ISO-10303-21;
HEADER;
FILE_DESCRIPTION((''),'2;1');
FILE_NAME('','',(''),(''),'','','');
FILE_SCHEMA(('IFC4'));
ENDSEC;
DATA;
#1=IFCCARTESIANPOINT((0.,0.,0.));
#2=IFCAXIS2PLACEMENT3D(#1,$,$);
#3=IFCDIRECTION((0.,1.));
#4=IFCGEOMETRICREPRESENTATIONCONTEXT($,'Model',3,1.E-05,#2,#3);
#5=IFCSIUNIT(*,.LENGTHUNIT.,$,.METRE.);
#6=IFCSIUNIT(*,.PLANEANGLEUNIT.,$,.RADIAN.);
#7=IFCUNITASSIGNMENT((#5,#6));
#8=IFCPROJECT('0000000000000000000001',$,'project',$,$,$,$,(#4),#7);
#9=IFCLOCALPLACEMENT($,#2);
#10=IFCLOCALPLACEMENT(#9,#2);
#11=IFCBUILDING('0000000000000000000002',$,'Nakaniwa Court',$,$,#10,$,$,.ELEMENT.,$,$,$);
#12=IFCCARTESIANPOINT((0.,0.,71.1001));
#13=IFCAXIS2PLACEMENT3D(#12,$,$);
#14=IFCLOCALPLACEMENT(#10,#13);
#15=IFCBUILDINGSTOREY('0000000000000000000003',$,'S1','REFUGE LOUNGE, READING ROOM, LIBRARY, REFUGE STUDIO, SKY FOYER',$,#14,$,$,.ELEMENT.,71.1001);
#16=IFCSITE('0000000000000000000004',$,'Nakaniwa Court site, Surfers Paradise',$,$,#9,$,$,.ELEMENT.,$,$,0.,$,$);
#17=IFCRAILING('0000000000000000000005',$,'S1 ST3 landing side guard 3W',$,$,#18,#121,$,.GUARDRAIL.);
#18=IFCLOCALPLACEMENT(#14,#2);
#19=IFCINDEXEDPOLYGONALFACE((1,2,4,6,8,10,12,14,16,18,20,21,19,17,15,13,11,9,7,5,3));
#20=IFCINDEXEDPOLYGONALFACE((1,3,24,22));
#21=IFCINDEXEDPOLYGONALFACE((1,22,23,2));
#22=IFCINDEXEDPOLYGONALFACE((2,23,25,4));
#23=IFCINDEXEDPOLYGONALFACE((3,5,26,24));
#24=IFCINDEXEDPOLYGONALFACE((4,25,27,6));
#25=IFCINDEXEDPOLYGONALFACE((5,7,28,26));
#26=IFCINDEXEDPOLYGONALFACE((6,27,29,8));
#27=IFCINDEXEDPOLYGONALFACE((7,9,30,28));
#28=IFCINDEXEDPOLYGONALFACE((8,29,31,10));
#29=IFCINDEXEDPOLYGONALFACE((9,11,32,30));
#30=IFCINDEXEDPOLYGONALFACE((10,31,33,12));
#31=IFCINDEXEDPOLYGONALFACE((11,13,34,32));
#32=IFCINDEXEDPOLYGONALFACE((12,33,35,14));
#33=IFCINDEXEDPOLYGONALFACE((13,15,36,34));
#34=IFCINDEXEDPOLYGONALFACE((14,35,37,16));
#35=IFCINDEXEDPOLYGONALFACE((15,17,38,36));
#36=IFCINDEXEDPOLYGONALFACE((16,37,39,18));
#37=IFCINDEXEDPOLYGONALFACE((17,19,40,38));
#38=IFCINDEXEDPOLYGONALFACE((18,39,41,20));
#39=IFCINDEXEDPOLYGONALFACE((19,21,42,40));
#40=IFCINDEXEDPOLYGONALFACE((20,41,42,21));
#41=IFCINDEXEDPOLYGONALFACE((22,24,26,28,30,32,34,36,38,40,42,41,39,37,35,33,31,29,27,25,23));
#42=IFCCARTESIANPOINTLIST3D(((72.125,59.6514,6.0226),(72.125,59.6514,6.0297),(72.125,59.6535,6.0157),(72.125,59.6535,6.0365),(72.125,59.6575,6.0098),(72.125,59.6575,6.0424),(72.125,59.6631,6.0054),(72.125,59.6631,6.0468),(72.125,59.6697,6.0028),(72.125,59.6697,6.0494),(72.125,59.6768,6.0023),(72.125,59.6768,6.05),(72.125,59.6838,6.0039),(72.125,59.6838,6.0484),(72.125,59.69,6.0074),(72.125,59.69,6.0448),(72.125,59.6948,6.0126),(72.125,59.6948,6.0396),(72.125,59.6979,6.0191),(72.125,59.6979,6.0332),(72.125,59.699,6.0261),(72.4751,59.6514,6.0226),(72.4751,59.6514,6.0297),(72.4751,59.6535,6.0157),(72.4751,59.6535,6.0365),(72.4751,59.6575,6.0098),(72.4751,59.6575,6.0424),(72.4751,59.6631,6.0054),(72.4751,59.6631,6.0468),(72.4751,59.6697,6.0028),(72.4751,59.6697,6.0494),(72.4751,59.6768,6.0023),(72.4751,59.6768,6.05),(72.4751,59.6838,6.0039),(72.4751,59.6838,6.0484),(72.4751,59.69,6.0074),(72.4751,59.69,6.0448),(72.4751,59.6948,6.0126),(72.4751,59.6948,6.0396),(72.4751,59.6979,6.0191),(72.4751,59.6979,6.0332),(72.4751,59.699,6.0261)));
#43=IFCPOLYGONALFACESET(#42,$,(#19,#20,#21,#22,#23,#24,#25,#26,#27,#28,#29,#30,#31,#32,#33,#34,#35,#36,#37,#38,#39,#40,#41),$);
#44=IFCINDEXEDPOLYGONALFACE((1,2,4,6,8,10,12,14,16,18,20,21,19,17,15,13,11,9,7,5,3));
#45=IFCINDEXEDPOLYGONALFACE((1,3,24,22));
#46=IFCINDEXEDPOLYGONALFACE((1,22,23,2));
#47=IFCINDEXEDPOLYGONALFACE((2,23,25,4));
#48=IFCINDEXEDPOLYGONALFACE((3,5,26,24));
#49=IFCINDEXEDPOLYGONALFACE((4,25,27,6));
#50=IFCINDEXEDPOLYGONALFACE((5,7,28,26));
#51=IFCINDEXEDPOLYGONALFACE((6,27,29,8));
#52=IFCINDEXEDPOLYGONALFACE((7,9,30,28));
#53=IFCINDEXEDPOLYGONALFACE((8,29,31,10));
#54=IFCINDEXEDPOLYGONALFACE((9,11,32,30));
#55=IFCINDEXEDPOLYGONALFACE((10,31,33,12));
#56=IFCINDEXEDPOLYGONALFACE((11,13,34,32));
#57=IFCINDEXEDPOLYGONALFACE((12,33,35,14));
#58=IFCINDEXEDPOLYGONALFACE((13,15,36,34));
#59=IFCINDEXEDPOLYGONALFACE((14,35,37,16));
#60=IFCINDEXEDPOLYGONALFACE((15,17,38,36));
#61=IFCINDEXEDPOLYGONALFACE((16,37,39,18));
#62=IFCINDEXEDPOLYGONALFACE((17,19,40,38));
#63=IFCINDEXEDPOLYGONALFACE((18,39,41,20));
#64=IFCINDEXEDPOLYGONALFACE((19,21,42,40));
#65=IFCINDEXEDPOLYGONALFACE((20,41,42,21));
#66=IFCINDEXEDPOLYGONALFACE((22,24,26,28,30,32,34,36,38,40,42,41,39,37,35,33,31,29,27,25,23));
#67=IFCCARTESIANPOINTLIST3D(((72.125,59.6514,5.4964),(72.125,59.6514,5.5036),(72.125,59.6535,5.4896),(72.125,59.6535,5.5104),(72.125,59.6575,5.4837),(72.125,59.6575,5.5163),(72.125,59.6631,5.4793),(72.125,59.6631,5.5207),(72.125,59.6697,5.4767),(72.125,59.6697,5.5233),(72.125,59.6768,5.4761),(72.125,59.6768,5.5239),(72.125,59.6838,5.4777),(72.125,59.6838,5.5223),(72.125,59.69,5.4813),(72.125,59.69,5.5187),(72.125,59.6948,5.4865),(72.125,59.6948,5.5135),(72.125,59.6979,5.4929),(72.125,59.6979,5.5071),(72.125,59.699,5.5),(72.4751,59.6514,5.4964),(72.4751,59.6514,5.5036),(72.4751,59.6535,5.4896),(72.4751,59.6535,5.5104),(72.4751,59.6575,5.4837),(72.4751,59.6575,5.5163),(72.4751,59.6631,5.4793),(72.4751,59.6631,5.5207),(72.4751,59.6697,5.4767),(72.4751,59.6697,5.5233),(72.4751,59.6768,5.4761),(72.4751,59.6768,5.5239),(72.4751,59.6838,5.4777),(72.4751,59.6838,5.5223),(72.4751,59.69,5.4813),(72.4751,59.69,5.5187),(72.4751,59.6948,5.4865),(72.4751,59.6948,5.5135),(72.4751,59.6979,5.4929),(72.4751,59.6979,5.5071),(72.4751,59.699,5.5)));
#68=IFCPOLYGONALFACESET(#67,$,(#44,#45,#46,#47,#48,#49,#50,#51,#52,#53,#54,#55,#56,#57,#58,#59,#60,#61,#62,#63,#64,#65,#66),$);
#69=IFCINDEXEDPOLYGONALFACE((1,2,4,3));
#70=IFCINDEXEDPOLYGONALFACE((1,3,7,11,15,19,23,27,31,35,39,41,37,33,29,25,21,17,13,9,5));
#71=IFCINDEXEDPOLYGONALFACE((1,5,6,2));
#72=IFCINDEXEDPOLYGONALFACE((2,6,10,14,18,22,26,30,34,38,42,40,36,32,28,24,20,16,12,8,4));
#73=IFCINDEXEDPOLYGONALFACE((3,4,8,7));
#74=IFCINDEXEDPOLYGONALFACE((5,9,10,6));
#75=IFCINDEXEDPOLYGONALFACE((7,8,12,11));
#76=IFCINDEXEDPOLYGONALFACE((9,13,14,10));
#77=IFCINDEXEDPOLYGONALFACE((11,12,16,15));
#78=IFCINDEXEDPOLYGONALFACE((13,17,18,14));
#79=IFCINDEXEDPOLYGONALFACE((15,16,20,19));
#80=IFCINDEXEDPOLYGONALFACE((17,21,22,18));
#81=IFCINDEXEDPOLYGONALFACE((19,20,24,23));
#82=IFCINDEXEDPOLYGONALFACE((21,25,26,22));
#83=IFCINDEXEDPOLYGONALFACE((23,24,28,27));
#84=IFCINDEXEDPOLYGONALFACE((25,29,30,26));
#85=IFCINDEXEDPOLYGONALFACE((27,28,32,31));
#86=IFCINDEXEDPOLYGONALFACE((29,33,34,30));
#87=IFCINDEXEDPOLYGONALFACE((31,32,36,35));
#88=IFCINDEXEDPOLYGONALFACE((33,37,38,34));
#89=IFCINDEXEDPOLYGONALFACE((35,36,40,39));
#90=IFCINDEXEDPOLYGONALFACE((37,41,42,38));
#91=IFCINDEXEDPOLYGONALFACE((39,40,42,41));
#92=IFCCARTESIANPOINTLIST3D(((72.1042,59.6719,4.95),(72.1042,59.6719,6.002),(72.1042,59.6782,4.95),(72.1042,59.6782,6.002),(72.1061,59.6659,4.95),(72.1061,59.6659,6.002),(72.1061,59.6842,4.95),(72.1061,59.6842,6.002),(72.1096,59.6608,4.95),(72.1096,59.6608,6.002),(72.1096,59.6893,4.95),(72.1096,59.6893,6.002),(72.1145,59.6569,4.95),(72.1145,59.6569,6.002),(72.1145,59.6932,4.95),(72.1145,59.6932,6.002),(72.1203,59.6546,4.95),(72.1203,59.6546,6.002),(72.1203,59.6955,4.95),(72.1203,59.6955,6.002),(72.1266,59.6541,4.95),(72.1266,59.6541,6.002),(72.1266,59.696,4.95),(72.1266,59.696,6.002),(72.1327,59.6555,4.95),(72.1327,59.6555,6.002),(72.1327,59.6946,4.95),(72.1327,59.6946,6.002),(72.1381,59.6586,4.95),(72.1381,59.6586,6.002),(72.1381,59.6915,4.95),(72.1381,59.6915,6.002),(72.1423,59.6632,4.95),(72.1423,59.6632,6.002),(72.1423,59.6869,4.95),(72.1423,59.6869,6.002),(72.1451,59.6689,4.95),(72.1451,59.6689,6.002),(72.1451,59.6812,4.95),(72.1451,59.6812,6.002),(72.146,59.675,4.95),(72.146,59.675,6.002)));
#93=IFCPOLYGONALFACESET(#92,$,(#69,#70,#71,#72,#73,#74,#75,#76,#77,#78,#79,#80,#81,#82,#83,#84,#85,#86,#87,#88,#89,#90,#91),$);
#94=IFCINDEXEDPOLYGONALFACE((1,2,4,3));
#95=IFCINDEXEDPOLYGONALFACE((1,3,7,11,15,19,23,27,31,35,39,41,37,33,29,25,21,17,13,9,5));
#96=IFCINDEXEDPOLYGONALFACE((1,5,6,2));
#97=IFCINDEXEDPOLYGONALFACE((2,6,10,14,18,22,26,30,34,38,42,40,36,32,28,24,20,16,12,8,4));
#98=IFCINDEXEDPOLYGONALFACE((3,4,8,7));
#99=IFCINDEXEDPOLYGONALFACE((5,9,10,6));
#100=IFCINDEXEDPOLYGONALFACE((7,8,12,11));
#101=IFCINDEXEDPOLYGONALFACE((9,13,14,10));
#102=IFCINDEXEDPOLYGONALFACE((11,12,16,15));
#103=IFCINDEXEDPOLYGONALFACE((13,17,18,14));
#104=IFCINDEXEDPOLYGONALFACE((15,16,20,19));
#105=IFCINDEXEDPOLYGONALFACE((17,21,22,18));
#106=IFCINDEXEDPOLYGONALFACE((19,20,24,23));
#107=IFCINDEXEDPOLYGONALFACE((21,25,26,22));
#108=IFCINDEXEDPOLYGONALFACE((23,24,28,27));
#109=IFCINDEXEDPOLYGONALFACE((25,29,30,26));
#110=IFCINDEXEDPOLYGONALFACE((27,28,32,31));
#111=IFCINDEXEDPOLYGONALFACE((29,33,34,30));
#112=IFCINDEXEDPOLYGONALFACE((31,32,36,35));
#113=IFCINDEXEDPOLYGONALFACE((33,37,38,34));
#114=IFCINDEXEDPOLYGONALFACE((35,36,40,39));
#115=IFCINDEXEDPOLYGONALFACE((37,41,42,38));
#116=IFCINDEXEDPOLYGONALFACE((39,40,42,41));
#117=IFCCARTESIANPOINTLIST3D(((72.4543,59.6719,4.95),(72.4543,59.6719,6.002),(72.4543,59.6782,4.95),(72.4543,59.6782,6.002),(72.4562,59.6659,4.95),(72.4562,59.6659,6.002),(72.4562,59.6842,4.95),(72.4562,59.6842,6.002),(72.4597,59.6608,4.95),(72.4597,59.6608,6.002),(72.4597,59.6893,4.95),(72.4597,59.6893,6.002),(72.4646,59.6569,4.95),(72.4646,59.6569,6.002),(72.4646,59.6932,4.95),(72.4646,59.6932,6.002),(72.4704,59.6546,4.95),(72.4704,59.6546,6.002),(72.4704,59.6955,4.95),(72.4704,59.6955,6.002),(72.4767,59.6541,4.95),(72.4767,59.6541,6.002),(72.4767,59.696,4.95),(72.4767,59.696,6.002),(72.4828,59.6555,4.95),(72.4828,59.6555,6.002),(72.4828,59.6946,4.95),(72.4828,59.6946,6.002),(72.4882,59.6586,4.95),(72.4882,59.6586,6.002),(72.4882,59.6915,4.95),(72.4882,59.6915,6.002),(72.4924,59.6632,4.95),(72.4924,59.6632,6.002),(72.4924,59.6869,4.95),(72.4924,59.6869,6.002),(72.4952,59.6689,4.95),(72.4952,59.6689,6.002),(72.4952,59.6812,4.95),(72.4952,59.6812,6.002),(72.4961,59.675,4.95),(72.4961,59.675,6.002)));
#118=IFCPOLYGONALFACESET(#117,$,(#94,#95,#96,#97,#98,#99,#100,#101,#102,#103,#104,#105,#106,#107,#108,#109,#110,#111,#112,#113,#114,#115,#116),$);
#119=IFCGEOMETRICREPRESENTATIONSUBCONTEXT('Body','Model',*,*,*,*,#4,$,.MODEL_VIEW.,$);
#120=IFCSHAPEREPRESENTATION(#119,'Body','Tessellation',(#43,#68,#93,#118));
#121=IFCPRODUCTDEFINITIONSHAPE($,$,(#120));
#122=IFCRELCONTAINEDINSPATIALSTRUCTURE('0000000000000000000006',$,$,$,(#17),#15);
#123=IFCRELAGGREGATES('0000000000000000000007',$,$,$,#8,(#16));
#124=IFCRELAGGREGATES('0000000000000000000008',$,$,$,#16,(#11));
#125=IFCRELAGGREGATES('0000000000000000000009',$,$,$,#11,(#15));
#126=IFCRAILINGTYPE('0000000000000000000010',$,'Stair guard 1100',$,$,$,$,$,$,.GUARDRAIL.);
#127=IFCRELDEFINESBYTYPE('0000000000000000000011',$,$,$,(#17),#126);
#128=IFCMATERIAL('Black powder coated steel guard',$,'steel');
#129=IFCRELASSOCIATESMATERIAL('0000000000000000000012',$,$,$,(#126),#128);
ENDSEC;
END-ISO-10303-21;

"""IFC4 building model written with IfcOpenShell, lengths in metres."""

from ifc_helpers import new_model, si_unit, direction, frame, origin, origin_2d, place, context, subcontext, project, spatial, circle, extrude, material, type_object, element, save


model = new_model("IFC4")

# Units and contexts
model_context = context("Model", 3, precision=1e-05, world=origin(), true_north=direction((0.0, 1.0)))
body_context = subcontext(model_context, "Body", "Model", "MODEL_VIEW")
ifc_project = project(units=[si_unit("LENGTHUNIT", "METRE"), si_unit("PLANEANGLEUNIT", "RADIAN")], contexts=[model_context])

# Site, building, storey
site_placement = place(None, origin())
site = spatial("IfcSite", under=ifc_project, at=site_placement, Name="Nakaniwa Court site, Surfers Paradise", CompositionType="ELEMENT", RefElevation=0.0)
building_placement = place(site_placement, origin())
building = spatial("IfcBuilding", under=site, at=building_placement, Name="Nakaniwa Court", CompositionType="ELEMENT")
storey_placement = place(building_placement, frame((0.0, 0.0, 71.1001)))
storey = spatial("IfcBuildingStorey", under=building, at=storey_placement, Name="S1", Description="REFUGE LOUNGE, READING ROOM, LIBRARY, REFUGE STUDIO, SKY FOYER", CompositionType="ELEMENT", Elevation=71.1001)

# Railing
ifc_material_1 = material(Name="Black powder coated steel guard", Category="steel")
railing_type_1 = type_object("IfcRailingType", Name="Stair guard 1100", PredefinedType="GUARDRAIL", material=ifc_material_1)
railing_1_placement = place(storey_placement, frame((72.125, 59.675, 4.95)))
element("IfcRailing", 1, at=railing_1_placement, inside=storey, type_object=railing_type_1, Name="S1 ST3 landing side guard 3W", PredefinedType="GUARDRAIL", context=body_context, shape_type="SweptSolid", body=[
    extrude(circle(Radius=0.0239, at=origin_2d()), frame((0.0, 0.0, 1.0762), z_axis=(1.0, 0.0, 0.0), x_axis=(0.0, 1.0, 0.0)), (0.0, 0.0, 1.0), 0.3501),
    extrude(circle(Radius=0.0239, at=origin_2d()), frame((0.0, 0.0, 0.55), z_axis=(1.0, 0.0, 0.0), x_axis=(0.0, 1.0, 0.0)), (0.0, 0.0, 1.0), 0.3501),
    extrude(circle(Radius=0.021, at=origin_2d()), origin(), (0.0, 0.0, 1.0), 1.052),
    extrude(circle(Radius=0.021, at=origin_2d()), frame((0.3501, 0.0, 0.0)), (0.0, 0.0, 1.0), 1.052),
])

save(model, "model.ifc")
